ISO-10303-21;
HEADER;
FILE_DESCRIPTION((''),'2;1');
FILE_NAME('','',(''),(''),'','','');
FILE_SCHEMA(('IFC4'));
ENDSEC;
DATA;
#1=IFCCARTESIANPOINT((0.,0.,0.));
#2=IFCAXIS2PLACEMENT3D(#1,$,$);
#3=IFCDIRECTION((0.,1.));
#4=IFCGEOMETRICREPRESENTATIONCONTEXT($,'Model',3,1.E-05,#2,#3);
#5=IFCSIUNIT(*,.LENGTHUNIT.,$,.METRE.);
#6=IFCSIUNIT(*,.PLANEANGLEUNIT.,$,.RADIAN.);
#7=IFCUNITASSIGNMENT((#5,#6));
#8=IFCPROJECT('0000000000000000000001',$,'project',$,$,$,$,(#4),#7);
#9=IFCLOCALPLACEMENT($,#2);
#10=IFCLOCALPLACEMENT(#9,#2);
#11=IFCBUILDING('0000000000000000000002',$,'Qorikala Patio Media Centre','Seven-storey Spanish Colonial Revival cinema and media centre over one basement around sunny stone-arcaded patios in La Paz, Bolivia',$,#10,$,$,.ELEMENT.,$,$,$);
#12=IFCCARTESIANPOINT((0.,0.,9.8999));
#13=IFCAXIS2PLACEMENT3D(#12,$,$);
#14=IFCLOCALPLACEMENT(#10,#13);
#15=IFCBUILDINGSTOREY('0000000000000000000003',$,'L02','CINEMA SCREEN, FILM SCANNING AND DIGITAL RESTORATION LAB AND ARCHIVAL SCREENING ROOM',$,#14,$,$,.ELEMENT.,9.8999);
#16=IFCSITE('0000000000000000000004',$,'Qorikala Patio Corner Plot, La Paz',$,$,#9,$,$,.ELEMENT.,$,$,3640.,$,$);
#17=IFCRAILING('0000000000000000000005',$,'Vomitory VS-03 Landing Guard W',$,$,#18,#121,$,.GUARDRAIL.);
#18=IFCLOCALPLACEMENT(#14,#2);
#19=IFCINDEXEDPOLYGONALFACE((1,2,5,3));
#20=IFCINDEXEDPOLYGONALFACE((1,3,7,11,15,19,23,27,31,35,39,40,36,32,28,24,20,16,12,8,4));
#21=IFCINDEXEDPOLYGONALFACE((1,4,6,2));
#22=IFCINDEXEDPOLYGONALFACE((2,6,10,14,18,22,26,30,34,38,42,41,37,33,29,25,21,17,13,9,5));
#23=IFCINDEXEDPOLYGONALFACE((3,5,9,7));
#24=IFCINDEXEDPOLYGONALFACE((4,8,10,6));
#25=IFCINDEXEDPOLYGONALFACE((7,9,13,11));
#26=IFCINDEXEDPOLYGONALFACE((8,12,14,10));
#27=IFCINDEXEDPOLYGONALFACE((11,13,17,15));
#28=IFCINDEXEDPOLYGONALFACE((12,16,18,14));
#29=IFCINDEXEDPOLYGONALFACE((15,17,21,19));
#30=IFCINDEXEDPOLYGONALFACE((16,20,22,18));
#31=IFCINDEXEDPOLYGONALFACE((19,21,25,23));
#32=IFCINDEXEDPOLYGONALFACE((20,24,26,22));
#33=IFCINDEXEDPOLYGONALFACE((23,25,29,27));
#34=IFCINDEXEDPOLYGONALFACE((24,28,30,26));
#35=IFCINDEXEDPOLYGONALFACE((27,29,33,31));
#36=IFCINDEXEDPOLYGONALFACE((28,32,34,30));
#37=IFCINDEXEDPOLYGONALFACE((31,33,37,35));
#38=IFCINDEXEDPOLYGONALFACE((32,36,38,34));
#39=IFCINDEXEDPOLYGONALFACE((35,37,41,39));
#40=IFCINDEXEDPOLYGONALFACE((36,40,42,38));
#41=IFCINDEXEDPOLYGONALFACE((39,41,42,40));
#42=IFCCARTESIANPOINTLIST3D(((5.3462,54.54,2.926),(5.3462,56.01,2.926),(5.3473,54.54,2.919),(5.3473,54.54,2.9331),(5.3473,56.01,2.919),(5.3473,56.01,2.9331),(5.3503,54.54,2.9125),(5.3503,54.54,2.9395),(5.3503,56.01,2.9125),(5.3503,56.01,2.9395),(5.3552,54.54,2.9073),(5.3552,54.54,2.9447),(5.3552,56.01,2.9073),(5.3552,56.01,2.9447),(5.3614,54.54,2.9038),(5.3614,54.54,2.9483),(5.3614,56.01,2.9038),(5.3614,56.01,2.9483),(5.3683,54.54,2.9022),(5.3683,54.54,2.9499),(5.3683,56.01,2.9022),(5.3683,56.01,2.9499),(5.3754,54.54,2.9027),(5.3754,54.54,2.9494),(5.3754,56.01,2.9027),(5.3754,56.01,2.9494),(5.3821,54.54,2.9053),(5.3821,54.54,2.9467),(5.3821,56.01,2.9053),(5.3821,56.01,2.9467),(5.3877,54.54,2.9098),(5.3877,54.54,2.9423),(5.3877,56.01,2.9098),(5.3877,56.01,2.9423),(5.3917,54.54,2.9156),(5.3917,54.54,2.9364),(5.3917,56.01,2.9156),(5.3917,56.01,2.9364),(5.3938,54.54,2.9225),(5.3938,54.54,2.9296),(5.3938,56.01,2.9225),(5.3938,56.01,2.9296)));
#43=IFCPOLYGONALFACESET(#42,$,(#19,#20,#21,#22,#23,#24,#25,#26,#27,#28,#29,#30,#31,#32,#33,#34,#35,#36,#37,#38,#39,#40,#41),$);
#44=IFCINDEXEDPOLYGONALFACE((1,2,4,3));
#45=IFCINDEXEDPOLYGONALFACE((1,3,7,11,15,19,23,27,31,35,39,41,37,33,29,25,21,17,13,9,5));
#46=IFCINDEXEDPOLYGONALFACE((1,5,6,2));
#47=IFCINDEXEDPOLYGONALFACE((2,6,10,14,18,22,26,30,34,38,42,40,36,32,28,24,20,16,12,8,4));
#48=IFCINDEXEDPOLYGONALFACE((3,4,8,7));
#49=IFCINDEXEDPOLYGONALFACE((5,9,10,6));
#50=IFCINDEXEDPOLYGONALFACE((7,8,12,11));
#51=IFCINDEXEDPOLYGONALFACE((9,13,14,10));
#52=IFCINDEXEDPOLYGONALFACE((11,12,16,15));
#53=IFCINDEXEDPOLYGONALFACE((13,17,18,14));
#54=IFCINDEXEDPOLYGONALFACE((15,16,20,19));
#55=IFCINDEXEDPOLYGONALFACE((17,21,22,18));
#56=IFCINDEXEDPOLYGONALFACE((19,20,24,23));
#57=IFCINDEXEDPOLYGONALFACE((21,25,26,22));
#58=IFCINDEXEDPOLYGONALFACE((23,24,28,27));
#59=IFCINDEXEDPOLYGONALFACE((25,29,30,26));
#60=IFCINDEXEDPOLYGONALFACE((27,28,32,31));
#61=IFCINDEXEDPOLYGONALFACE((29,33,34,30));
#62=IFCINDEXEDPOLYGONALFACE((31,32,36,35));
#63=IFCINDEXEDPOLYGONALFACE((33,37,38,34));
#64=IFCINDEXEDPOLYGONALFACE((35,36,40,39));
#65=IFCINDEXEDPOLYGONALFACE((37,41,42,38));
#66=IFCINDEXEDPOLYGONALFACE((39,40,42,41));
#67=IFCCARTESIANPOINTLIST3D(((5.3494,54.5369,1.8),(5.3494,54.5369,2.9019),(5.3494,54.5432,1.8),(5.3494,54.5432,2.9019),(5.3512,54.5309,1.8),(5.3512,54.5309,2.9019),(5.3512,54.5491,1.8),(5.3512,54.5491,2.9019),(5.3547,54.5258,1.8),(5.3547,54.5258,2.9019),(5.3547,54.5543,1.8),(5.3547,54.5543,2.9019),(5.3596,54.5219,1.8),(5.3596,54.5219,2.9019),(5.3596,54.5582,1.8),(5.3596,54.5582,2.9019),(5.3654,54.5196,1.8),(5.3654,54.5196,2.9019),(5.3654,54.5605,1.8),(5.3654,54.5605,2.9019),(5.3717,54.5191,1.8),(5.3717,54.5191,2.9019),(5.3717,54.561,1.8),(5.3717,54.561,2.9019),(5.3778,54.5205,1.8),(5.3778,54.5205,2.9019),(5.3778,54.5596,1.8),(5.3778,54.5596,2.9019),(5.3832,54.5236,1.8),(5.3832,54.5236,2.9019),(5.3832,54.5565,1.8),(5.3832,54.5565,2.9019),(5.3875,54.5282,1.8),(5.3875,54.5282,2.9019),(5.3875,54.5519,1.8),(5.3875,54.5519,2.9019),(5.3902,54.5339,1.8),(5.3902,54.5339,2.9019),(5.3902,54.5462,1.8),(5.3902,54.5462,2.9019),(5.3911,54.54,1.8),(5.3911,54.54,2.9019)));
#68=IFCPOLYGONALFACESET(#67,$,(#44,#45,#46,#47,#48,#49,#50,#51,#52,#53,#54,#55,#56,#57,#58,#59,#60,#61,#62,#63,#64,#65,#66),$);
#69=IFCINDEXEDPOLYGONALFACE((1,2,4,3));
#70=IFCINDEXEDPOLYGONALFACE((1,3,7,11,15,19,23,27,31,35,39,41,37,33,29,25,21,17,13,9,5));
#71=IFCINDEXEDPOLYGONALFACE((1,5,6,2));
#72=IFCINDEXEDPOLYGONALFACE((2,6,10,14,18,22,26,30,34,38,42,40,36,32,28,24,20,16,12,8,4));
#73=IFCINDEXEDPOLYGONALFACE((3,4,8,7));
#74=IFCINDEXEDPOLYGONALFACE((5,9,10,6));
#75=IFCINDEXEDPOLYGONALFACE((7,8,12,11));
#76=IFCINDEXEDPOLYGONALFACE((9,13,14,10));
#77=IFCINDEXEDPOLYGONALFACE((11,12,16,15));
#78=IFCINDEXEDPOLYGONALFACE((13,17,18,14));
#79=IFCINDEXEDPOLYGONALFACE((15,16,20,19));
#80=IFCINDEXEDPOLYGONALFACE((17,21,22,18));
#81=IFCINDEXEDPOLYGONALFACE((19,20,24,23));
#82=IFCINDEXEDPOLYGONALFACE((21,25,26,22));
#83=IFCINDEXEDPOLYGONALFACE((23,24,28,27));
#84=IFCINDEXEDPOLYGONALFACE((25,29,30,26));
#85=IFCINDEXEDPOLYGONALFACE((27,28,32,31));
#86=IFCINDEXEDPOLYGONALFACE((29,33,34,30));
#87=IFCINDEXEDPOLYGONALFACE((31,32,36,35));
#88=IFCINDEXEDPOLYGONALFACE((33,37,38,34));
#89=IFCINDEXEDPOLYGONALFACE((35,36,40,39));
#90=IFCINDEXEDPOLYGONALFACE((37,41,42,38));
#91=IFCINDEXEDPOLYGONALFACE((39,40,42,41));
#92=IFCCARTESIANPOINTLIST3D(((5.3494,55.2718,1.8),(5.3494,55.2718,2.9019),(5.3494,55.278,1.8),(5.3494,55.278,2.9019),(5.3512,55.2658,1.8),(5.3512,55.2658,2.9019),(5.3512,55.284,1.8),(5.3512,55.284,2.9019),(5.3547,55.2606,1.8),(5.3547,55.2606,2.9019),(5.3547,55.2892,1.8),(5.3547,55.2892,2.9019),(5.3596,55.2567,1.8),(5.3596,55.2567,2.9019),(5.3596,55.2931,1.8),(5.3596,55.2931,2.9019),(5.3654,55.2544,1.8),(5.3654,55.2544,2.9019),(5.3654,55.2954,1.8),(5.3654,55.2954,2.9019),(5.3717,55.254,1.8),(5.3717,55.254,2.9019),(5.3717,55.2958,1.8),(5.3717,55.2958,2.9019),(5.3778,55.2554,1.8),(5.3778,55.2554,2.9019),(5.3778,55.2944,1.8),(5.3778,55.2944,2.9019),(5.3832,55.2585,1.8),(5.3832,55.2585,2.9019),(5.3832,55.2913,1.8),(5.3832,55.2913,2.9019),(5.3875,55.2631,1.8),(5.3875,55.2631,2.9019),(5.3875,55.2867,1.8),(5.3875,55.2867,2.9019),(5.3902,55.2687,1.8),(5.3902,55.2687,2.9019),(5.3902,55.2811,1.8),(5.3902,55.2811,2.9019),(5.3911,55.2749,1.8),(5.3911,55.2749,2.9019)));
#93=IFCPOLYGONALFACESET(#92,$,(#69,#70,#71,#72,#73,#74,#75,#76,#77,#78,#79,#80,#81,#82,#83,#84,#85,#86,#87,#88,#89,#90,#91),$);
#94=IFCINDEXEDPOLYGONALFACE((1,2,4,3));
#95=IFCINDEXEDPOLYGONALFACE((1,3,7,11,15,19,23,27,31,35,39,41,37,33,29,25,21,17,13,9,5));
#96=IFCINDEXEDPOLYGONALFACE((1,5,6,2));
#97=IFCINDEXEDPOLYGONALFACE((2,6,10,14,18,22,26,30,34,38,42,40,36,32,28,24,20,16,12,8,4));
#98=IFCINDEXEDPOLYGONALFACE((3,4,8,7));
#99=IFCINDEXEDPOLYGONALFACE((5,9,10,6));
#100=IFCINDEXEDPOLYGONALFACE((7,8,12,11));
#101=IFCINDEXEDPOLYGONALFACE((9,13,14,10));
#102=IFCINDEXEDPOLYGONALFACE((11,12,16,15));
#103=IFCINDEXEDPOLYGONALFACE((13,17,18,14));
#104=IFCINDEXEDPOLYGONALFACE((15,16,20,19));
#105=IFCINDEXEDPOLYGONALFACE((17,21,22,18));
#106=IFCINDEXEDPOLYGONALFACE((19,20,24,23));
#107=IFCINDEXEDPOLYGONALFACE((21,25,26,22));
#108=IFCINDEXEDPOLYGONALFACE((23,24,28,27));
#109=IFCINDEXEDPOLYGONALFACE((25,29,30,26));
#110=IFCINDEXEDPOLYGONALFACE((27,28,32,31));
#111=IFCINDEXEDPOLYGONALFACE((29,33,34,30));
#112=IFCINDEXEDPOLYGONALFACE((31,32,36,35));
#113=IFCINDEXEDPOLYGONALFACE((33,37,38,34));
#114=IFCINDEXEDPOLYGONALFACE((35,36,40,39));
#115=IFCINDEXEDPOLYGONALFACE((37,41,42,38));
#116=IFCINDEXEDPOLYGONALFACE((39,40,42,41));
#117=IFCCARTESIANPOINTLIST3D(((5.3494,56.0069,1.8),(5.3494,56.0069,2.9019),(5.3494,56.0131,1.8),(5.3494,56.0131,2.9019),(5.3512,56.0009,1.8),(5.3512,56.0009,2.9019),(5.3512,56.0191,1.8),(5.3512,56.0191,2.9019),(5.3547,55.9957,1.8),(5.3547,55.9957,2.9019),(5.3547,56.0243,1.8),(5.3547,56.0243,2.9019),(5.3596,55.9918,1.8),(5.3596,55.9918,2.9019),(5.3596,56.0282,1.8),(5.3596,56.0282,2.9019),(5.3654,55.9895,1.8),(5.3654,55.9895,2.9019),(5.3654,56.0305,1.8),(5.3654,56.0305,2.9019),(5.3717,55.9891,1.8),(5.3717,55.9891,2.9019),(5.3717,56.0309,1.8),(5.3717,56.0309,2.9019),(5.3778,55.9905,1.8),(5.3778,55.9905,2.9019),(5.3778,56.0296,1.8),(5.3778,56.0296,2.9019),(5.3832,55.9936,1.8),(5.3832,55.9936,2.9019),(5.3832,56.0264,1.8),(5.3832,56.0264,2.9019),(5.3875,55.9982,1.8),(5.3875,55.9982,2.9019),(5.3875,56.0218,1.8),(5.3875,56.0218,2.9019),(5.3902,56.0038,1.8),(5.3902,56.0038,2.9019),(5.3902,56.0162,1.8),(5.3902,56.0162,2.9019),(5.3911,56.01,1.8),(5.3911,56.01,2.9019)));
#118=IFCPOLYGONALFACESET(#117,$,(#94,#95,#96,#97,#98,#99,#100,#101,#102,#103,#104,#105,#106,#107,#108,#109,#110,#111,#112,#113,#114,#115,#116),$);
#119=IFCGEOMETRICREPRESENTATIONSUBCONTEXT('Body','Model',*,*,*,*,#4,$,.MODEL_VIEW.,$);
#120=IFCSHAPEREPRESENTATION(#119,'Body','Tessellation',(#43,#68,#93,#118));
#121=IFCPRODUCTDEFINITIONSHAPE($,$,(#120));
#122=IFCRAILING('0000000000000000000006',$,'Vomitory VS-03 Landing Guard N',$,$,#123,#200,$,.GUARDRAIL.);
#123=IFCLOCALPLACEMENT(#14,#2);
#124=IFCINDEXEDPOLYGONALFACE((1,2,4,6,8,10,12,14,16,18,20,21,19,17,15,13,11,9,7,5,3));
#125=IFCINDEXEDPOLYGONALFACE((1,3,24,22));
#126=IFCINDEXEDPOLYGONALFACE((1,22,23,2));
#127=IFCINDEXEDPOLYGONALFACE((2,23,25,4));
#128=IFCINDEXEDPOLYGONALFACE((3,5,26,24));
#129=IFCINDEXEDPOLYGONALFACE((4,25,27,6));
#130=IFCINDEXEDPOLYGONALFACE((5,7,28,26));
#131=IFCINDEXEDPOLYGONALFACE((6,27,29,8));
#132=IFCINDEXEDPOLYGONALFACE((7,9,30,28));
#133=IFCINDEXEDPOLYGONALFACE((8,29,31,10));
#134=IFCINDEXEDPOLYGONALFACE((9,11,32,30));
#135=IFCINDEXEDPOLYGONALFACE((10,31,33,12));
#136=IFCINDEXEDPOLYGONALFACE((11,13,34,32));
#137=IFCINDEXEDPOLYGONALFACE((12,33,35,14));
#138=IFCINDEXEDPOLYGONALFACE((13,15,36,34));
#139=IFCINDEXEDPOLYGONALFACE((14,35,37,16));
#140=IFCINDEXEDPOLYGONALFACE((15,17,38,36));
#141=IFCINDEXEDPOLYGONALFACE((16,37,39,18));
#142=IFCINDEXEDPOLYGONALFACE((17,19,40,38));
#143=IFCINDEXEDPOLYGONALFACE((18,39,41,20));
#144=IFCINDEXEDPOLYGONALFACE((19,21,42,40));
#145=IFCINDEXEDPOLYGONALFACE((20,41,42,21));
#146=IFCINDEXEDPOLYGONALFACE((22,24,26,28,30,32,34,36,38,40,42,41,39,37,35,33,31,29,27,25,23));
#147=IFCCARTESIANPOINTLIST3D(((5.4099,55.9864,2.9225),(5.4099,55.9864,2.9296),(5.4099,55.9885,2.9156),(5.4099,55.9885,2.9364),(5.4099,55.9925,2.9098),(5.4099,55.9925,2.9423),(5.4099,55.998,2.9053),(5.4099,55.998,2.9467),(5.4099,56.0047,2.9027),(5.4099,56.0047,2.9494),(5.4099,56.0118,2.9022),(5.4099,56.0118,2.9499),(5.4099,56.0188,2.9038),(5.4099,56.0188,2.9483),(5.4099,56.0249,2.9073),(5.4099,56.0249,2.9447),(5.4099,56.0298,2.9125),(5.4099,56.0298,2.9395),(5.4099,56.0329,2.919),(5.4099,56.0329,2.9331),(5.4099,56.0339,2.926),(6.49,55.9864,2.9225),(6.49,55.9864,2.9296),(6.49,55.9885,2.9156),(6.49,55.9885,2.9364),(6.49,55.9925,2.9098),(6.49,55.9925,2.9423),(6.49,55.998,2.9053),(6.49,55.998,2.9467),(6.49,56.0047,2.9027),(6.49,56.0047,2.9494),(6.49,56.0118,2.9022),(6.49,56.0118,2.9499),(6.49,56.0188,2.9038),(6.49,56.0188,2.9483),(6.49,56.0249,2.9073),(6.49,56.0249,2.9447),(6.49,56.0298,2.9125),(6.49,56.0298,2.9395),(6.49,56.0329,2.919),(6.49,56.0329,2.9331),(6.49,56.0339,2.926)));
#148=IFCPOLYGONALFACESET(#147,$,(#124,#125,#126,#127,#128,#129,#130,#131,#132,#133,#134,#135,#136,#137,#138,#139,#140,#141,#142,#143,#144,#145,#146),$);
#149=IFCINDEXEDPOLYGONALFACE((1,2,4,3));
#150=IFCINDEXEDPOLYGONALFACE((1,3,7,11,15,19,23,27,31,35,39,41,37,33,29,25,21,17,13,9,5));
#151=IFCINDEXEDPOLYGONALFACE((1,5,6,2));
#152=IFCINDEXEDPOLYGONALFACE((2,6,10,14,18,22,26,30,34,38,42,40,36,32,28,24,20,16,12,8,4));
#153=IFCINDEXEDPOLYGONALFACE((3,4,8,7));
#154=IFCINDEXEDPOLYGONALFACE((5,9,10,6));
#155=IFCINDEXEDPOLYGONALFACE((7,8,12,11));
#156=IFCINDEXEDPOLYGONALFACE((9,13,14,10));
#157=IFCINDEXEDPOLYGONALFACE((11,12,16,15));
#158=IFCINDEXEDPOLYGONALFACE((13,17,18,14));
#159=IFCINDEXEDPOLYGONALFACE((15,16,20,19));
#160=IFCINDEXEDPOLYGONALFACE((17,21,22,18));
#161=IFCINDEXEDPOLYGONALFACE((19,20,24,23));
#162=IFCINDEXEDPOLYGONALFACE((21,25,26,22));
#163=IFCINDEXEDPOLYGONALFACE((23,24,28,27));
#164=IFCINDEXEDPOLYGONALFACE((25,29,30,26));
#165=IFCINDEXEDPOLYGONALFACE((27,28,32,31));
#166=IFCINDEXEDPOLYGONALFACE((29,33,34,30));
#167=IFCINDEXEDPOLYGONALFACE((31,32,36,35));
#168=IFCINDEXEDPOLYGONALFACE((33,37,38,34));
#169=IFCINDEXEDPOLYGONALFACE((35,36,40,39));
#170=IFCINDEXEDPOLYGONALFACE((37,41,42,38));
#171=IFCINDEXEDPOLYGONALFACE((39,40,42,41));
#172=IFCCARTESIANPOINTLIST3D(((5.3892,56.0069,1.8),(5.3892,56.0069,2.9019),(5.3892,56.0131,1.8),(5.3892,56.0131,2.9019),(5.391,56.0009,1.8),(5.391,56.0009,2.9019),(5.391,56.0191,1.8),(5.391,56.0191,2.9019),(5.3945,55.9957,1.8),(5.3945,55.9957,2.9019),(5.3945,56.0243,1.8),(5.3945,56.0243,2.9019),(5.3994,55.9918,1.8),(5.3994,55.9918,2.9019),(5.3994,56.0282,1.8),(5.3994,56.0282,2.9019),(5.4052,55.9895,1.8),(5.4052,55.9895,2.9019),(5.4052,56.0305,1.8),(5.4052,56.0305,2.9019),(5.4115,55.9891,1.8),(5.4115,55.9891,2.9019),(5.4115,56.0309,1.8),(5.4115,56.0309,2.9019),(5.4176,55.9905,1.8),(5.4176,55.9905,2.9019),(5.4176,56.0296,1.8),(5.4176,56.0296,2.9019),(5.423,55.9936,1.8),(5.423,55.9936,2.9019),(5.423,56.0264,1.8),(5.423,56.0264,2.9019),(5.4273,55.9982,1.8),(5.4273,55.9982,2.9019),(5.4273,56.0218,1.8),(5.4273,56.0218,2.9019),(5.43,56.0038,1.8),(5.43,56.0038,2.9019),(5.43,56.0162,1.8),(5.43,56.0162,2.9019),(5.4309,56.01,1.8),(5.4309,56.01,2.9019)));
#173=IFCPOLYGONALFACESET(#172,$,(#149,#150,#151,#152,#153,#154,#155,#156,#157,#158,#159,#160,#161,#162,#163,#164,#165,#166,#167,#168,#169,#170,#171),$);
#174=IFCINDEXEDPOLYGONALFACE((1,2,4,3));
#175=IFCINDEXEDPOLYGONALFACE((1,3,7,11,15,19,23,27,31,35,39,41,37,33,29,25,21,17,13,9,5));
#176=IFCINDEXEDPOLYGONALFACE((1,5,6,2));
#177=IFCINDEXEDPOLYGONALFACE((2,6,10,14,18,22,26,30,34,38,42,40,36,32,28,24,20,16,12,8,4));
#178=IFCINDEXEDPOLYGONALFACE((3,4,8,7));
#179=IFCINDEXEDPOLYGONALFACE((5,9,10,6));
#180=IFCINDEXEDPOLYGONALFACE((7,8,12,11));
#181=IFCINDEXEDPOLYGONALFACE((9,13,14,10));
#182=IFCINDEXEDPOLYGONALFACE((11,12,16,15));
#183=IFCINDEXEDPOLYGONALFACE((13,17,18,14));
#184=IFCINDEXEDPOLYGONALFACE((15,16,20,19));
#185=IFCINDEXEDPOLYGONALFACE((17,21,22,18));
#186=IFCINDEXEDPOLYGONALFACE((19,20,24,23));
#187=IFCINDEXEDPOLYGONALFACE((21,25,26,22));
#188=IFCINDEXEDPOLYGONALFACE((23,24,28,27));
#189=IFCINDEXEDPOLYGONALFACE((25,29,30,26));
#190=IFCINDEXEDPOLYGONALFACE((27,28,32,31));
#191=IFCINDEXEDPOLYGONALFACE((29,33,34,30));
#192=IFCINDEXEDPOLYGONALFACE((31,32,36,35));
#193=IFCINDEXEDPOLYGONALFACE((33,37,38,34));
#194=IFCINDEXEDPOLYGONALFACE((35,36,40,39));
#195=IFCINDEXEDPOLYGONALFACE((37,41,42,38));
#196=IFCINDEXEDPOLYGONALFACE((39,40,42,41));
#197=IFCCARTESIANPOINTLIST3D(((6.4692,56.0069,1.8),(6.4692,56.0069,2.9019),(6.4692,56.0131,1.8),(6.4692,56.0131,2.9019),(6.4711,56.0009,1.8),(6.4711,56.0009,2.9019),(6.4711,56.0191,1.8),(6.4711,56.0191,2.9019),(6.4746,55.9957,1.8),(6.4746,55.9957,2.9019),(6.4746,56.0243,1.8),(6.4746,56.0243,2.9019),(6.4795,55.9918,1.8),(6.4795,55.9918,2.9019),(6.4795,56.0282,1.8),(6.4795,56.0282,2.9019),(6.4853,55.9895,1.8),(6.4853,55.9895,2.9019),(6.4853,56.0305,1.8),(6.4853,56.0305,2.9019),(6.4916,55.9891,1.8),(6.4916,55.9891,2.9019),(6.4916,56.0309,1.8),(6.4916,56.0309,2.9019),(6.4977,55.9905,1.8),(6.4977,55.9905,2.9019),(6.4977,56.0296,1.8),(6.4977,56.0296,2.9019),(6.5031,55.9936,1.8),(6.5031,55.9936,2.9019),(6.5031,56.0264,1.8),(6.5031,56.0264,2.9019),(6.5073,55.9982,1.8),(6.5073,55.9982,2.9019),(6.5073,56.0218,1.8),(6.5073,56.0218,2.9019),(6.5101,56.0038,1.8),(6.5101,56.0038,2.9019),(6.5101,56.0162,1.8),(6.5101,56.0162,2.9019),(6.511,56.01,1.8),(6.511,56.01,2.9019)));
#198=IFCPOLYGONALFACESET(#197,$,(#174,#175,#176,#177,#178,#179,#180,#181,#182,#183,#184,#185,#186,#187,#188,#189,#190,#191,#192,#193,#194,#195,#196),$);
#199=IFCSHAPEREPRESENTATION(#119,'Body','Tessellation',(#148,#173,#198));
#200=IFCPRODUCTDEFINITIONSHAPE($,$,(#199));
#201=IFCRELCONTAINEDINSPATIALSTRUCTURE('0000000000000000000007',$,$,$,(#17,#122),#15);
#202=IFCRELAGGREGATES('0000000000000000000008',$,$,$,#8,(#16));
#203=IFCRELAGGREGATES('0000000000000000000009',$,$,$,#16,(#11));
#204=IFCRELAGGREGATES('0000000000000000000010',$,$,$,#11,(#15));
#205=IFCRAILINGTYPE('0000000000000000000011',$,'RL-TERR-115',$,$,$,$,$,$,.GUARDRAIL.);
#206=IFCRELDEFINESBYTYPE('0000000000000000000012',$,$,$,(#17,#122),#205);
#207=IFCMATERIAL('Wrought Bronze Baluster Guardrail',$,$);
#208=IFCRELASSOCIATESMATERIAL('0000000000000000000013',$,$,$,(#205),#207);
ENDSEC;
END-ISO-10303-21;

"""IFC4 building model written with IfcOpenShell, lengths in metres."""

from ifc_helpers import new_model, si_unit, direction, frame, origin, origin_2d, place, context, subcontext, project, spatial, circle, extrude, material, type_object, element, save


model = new_model("IFC4")

# Units and contexts
model_context = context("Model", 3, precision=1e-05, world=origin(), true_north=direction((0.0, 1.0)))
body_context = subcontext(model_context, "Body", "Model", "MODEL_VIEW")
ifc_project = project(units=[si_unit("LENGTHUNIT", "METRE"), si_unit("PLANEANGLEUNIT", "RADIAN")], contexts=[model_context])

# Site, building, storey
site_placement = place(None, origin())
site = spatial("IfcSite", under=ifc_project, at=site_placement, Name="Qorikala Patio Corner Plot, La Paz", CompositionType="ELEMENT", RefElevation=3640.0)
building_placement = place(site_placement, origin())
building = spatial("IfcBuilding", under=site, at=building_placement, Name="Qorikala Patio Media Centre", Description="Seven-storey Spanish Colonial Revival cinema and media centre over one basement around sunny stone-arcaded patios in La Paz, Bolivia", CompositionType="ELEMENT")
storey_placement = place(building_placement, frame((0.0, 0.0, 9.8999)))
storey = spatial("IfcBuildingStorey", under=building, at=storey_placement, Name="L02", Description="CINEMA SCREEN, FILM SCANNING AND DIGITAL RESTORATION LAB AND ARCHIVAL SCREENING ROOM", CompositionType="ELEMENT", Elevation=9.8999)

# Railings
ifc_material_1 = material(Name="Wrought Bronze Baluster Guardrail")
railing_type = type_object("IfcRailingType", Name="RL-TERR-115", PredefinedType="GUARDRAIL", material=ifc_material_1)
railing_1_placement = place(storey_placement, frame((5.3701, 54.54, 1.8)))
element("IfcRailing", 1, at=railing_1_placement, inside=storey, type_object=railing_type, Name="Vomitory VS-03 Landing Guard W", PredefinedType="GUARDRAIL", context=body_context, shape_type="SweptSolid", body=[
    extrude(circle(Radius=0.0239, at=origin_2d()), frame((0.0, 0.0, 1.126), z_axis=(0.0, 1.0, 0.0), x_axis=(-1.0, 0.0, 0.0)), (0.0, 0.0, 1.0), 1.47),
    extrude(circle(Radius=0.021, at=origin_2d()), origin(), (0.0, 0.0, 1.0), 1.1018),
    extrude(circle(Radius=0.021, at=origin_2d()), frame((0.0, 0.7349, 0.0)), (0.0, 0.0, 1.0), 1.1018),
    extrude(circle(Radius=0.021, at=origin_2d()), frame((0.0, 1.47, 0.0)), (0.0, 0.0, 1.0), 1.1018),
])
railing_2_placement = place(storey_placement, frame((5.4099, 56.01, 1.8)))
element("IfcRailing", 2, at=railing_2_placement, inside=storey, type_object=railing_type, Name="Vomitory VS-03 Landing Guard N", PredefinedType="GUARDRAIL", context=body_context, shape_type="SweptSolid", body=[
    extrude(circle(Radius=0.0239, at=origin_2d()), frame((0.0, 0.0, 1.126), z_axis=(1.0, 0.0, 0.0), x_axis=(0.0, 1.0, 0.0)), (0.0, 0.0, 1.0), 1.0801),
    extrude(circle(Radius=0.021, at=origin_2d()), origin(), (0.0, 0.0, 1.0), 1.1018),
    extrude(circle(Radius=0.021, at=origin_2d()), frame((1.0801, 0.0, 0.0)), (0.0, 0.0, 1.0), 1.1018),
])

save(model, "model.ifc")
